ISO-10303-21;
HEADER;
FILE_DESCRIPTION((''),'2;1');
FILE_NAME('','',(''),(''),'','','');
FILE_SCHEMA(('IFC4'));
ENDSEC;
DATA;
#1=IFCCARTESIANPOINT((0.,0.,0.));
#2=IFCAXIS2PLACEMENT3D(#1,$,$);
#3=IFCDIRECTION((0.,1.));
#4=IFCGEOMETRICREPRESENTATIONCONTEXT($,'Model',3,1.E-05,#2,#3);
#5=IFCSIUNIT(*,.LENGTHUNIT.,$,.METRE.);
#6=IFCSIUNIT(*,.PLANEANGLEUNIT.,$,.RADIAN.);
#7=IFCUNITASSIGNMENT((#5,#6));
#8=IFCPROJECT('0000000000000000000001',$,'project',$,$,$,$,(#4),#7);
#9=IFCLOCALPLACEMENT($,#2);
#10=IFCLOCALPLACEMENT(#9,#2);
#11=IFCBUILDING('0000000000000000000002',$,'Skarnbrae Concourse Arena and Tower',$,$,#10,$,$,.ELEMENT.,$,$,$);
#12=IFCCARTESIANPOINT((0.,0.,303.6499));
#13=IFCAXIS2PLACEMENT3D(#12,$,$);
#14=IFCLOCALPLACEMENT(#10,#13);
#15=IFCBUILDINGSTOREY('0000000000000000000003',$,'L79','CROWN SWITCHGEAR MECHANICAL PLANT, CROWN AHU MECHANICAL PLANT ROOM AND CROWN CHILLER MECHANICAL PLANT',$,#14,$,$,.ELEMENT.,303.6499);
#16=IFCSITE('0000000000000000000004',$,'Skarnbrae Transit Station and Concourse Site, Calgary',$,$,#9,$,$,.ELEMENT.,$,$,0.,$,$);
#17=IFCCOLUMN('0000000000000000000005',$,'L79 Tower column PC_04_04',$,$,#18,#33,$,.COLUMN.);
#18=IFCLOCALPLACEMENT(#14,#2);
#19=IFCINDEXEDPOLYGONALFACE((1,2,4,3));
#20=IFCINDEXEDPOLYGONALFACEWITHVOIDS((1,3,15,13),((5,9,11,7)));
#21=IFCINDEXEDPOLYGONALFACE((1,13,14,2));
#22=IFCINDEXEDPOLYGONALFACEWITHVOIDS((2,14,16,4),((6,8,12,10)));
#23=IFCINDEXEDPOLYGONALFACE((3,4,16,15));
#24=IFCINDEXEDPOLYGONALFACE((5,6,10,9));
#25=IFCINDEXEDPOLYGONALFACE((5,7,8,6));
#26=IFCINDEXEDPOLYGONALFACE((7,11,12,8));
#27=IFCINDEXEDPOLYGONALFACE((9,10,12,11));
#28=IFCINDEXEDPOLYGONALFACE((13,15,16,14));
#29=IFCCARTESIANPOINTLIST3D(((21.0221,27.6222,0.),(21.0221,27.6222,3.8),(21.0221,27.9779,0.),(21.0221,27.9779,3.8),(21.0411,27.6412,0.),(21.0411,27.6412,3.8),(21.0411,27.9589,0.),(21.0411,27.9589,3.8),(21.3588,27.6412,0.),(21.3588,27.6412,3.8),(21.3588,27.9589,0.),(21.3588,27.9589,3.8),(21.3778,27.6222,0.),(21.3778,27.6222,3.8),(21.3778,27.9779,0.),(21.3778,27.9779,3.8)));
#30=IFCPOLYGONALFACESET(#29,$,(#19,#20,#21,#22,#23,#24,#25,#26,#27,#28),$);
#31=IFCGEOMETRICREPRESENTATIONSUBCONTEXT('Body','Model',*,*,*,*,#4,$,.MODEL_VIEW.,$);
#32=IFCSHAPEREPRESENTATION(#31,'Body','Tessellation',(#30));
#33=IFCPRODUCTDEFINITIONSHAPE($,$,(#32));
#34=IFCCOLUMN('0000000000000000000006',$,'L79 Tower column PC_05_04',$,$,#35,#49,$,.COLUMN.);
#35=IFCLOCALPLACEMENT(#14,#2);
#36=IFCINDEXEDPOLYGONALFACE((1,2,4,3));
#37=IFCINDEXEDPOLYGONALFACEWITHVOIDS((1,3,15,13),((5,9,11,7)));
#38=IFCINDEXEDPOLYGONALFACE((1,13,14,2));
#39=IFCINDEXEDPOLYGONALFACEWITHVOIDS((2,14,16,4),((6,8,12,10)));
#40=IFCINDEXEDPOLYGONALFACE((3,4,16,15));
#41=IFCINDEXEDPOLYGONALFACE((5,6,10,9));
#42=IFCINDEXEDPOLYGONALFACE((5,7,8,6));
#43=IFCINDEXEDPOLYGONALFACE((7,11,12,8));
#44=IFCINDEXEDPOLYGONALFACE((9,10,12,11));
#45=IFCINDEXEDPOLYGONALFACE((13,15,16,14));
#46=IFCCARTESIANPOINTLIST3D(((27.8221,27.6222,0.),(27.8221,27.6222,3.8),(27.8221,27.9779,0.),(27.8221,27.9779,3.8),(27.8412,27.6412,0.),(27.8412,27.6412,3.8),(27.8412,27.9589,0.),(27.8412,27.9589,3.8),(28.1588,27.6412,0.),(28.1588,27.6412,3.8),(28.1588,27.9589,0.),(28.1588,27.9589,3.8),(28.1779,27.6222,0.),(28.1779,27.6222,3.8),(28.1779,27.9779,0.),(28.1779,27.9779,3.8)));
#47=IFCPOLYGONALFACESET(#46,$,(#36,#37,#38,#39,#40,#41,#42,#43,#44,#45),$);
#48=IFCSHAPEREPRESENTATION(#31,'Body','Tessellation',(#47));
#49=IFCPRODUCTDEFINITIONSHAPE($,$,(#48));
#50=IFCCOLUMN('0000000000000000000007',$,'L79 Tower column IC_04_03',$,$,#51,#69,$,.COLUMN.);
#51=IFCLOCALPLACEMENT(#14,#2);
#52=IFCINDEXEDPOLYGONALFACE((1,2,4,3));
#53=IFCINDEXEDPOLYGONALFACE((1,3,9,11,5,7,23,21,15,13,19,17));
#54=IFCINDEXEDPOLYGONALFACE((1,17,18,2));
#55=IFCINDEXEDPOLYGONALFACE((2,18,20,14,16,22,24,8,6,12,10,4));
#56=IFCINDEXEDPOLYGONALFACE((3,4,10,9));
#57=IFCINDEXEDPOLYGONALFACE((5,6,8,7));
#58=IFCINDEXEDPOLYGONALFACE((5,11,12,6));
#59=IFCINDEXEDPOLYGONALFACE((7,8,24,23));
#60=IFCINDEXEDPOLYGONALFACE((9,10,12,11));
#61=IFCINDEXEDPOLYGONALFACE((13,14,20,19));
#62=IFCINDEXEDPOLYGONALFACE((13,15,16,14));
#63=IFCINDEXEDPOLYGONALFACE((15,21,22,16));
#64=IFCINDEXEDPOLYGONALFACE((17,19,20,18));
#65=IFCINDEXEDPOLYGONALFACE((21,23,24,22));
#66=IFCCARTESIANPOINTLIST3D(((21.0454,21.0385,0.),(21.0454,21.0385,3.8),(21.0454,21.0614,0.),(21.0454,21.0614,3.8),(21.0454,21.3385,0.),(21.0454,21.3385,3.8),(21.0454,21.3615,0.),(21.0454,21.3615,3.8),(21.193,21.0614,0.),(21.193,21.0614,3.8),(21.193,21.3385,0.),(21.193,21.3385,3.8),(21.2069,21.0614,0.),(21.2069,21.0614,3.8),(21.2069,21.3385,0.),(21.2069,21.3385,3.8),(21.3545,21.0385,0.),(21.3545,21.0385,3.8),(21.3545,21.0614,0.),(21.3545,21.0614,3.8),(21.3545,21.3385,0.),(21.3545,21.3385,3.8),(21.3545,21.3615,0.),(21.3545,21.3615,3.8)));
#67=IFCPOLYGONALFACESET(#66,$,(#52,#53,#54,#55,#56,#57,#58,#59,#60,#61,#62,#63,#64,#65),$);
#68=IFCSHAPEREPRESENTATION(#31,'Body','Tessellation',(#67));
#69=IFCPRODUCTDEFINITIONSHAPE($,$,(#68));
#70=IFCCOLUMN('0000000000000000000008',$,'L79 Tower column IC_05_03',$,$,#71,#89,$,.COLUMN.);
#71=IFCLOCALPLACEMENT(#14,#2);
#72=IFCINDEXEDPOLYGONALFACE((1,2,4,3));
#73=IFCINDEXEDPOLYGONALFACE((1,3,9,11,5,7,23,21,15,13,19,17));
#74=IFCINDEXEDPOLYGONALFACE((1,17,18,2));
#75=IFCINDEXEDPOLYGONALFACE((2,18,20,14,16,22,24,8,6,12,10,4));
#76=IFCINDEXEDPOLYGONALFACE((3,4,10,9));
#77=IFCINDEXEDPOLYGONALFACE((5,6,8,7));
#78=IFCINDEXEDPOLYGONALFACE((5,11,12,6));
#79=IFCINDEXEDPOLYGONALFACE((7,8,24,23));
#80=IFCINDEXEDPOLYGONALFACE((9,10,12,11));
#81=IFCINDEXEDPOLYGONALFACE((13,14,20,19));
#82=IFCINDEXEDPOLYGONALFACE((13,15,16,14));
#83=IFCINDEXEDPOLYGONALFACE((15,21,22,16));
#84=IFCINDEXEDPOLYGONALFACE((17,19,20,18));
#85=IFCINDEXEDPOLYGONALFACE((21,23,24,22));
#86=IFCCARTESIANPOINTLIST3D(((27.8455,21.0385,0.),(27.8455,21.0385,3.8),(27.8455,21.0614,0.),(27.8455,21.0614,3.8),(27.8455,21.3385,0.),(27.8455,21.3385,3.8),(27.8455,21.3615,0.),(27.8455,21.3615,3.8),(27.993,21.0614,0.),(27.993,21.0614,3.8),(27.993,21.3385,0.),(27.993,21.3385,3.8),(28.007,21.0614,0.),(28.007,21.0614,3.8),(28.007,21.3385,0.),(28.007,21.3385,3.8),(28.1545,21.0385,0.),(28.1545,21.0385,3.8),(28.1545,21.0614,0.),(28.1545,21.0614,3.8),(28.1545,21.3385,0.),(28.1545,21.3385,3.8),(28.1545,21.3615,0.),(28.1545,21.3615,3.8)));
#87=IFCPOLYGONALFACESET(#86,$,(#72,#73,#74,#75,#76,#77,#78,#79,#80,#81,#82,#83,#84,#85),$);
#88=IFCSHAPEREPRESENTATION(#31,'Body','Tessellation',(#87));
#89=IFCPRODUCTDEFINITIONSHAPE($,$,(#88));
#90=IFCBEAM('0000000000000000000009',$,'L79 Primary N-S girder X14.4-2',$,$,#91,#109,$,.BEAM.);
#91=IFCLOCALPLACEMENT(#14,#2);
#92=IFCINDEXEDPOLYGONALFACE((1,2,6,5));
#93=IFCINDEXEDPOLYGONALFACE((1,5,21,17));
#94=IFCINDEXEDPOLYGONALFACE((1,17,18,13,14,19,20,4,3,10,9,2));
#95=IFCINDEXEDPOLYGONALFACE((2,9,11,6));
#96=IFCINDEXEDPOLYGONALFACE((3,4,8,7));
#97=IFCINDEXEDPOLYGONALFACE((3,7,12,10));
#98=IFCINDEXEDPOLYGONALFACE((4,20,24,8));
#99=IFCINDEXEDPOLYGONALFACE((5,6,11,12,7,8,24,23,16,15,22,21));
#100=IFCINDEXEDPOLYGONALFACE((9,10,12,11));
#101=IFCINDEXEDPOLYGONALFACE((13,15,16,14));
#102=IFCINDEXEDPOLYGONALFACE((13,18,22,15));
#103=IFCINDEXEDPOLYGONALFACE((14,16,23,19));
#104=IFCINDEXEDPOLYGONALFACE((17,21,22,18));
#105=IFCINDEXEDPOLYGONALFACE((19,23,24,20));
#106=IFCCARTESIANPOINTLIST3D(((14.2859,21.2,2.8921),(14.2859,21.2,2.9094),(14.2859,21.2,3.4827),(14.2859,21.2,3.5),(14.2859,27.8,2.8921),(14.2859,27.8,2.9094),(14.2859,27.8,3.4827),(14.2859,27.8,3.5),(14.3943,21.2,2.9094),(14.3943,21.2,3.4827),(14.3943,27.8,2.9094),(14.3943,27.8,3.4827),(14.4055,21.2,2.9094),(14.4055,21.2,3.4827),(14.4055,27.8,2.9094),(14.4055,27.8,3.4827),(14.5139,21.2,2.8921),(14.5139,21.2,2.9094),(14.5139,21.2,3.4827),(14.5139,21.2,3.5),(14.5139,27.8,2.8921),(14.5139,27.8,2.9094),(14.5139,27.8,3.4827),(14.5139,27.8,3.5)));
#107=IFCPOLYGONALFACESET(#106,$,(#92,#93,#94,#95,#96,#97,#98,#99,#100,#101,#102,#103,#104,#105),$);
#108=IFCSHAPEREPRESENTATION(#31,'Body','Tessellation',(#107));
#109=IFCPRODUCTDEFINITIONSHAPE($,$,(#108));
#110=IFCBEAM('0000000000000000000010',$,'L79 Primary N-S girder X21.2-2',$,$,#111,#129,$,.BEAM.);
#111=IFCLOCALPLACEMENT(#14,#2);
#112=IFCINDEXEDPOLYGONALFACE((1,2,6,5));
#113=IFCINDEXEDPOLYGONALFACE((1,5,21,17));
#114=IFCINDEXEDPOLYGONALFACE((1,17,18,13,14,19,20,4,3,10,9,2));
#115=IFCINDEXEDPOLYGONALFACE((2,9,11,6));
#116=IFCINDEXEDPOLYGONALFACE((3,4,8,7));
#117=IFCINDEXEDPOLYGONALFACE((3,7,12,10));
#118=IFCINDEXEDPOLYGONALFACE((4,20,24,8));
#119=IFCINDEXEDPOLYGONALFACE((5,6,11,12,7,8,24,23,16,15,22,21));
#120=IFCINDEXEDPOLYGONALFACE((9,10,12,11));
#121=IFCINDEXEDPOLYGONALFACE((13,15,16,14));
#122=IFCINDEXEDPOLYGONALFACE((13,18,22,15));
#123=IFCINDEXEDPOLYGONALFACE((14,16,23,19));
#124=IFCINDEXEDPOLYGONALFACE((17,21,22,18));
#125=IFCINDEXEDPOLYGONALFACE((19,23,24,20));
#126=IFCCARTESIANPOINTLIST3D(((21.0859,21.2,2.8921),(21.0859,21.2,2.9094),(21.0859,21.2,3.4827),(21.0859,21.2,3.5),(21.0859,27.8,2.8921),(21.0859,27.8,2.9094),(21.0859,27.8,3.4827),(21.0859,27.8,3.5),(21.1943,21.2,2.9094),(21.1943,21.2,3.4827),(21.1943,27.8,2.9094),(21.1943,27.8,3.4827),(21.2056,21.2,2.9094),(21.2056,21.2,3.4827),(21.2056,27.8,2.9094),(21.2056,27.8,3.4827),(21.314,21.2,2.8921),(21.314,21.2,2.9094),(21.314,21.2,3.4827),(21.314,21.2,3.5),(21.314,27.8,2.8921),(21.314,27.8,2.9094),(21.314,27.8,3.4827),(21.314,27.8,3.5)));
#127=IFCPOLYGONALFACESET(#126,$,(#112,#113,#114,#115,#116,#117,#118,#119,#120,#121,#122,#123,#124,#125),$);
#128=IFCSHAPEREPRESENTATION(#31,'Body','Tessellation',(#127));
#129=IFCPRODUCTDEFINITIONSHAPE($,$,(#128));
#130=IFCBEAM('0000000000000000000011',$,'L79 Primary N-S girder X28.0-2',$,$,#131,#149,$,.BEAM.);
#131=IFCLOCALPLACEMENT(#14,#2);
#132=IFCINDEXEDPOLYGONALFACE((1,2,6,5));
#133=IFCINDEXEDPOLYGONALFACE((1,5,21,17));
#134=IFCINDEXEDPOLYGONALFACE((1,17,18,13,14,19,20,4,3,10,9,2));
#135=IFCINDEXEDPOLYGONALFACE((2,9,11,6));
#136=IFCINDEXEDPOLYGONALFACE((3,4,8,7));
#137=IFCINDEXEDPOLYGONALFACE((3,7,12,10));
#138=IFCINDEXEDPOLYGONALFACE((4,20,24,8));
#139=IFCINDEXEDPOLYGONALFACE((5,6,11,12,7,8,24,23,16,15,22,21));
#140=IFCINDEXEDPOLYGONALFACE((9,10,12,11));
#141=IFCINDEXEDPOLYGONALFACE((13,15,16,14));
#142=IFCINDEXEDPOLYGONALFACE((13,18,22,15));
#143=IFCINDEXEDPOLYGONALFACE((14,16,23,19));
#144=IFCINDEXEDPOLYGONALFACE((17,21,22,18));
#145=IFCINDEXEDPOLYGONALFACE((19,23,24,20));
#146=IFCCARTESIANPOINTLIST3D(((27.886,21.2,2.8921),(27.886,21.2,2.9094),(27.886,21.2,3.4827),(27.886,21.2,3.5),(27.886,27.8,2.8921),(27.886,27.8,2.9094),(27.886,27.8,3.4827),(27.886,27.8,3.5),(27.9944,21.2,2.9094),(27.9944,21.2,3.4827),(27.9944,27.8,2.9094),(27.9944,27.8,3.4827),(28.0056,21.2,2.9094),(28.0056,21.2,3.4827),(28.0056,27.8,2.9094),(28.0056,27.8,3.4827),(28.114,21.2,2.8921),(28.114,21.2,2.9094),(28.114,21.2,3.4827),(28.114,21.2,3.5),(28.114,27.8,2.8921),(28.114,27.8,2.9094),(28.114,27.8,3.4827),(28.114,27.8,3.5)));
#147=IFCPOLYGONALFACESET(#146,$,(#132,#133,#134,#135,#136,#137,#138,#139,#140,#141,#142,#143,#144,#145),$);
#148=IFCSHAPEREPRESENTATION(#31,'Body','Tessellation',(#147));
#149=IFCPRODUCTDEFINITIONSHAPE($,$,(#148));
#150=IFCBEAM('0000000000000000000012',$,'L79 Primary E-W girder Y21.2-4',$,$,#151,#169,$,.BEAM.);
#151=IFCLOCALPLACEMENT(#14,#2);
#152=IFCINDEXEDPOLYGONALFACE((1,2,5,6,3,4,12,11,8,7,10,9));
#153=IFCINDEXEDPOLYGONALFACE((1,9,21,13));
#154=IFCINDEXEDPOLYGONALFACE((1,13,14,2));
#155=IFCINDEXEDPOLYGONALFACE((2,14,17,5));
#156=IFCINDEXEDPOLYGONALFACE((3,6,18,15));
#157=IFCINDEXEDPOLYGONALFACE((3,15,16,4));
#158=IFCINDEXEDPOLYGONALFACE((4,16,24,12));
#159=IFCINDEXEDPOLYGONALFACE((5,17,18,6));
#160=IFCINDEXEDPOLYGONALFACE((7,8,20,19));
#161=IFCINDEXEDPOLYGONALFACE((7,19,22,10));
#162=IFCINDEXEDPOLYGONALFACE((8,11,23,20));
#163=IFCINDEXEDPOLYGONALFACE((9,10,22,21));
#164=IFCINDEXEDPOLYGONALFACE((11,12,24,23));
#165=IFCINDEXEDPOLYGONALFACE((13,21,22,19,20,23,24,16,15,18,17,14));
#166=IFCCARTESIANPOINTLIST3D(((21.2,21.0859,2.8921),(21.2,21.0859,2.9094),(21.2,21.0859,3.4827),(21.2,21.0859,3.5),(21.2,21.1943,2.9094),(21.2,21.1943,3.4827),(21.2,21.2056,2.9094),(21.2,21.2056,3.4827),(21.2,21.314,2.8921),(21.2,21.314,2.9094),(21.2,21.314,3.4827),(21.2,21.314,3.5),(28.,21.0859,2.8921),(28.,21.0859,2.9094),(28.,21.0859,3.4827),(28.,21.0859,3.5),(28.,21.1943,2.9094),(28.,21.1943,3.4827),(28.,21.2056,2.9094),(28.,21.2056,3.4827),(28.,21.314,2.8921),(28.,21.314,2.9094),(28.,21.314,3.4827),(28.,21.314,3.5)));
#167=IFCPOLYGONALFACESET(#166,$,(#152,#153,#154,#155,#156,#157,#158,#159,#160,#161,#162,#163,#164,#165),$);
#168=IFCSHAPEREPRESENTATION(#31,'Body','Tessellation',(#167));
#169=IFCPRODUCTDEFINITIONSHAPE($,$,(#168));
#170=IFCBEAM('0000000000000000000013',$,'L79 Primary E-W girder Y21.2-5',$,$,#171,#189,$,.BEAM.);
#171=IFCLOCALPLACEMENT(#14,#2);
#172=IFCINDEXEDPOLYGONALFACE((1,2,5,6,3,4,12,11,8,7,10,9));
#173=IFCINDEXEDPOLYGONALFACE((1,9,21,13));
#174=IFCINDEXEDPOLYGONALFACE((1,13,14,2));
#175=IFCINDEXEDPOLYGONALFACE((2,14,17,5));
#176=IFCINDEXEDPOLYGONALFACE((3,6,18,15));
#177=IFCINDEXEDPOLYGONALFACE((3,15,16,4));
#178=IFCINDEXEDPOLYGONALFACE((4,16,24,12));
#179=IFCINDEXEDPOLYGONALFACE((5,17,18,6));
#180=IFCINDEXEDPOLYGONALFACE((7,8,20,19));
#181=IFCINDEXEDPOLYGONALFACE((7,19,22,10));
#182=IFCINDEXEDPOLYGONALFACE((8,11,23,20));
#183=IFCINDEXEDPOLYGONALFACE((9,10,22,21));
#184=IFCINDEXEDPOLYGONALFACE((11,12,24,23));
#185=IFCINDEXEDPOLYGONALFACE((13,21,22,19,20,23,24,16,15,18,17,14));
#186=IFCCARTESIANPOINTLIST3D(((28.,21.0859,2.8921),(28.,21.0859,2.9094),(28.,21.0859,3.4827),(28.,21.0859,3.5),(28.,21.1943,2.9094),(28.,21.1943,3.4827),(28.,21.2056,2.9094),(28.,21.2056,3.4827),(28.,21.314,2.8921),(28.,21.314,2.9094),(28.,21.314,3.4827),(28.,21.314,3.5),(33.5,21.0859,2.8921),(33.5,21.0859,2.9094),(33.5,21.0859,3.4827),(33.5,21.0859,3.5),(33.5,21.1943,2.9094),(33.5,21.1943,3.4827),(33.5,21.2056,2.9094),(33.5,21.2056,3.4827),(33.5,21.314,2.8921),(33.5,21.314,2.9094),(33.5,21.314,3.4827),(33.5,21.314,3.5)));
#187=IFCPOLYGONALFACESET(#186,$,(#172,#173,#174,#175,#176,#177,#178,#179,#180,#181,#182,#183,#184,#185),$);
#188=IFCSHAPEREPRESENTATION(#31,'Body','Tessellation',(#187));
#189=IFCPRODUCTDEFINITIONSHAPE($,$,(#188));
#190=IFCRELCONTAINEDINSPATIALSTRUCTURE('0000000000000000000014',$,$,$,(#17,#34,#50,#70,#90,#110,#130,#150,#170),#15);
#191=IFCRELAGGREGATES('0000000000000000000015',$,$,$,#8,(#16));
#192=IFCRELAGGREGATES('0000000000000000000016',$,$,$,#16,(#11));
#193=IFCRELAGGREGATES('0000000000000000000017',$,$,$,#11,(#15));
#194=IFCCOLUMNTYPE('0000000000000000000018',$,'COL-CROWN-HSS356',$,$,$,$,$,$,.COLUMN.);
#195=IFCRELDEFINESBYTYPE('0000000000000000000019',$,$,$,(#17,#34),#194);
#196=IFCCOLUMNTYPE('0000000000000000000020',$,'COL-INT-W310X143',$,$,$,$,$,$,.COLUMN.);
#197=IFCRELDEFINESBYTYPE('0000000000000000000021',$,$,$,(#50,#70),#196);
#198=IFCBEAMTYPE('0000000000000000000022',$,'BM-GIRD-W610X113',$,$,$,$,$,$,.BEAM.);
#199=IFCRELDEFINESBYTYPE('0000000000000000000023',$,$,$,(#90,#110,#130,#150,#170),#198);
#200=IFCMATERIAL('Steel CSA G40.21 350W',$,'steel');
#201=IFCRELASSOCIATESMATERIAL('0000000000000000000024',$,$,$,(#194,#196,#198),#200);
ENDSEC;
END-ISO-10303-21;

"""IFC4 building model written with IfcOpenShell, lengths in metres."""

from ifc_helpers import new_model, si_unit, direction, frame, origin, origin_2d, place, context, subcontext, project, spatial, hollow_rectangle, i_section, extrude, source, transform, mapped, material, material_profile, profile_set, type_object, element, save


model = new_model("IFC4")

# Units and contexts
model_context = context("Model", 3, precision=1e-05, world=origin(), true_north=direction((0.0, 1.0)))
body_context = subcontext(model_context, "Body", "Model", "MODEL_VIEW")
ifc_project = project(units=[si_unit("LENGTHUNIT", "METRE"), si_unit("PLANEANGLEUNIT", "RADIAN")], contexts=[model_context])

# Site, building, storey
site_placement = place(None, origin())
site = spatial("IfcSite", under=ifc_project, at=site_placement, Name="Skarnbrae Transit Station and Concourse Site, Calgary", CompositionType="ELEMENT", RefElevation=0.0)
building_placement = place(site_placement, origin())
building = spatial("IfcBuilding", under=site, at=building_placement, Name="Skarnbrae Concourse Arena and Tower", CompositionType="ELEMENT")
storey_placement = place(building_placement, frame((0.0, 0.0, 303.6499)))
storey = spatial("IfcBuildingStorey", under=building, at=storey_placement, Name="L79", Description="CROWN SWITCHGEAR MECHANICAL PLANT, CROWN AHU MECHANICAL PLANT ROOM AND CROWN CHILLER MECHANICAL PLANT", CompositionType="ELEMENT", Elevation=303.6499)

# Columns
ifc_material_1 = material(Name="Steel CSA G40.21 350W", Category="steel")
ifc_material_profile_1 = material_profile(ifc_material_1, hollow_rectangle(XDim=0.3557, YDim=0.3557, WallThickness=0.019, at=origin_2d()), Name="HSS356X356X19.0")
ifc_profile_set_1 = profile_set([ifc_material_profile_1], Name="Steel CSA G40.21 350W")
column_type_1 = type_object("IfcColumnType", Name="COL-CROWN-HSS356", PredefinedType="COLUMN", material=ifc_profile_set_1)
shared_shape_1 = source(origin(), body_context, "Body", "SweptSolid", [
    extrude(hollow_rectangle(XDim=0.3557, YDim=0.3557, WallThickness=0.019, at=origin_2d()), origin(), (0.0, 0.0, 1.0), 3.8),
])
for number, where, z_axis, x_axis, name in (
    (1, (21.2, 27.8, 0.0), (0.0, 0.0, 1.0), (1.0, 0.0, 0.0), "L79 Tower column PC_04_04"),
    (2, (28.0, 27.8, 0.0), (0.0, 0.0, 1.0), (1.0, 0.0, 0.0), "L79 Tower column PC_05_04"),
):
    element("IfcColumn", number, at=place(storey_placement, frame(where, z_axis=z_axis, x_axis=x_axis)), inside=storey, type_object=column_type_1, Name=name, PredefinedType="COLUMN", context=body_context, shape_type="MappedRepresentation", body=[
        mapped(shared_shape_1, transform((0.0, 0.0, 0.0))),
    ])
ifc_material_profile_2 = material_profile(ifc_material_1, i_section(OverallWidth=0.3091, OverallDepth=0.323, WebThickness=0.0139, FlangeThickness=0.0229, at=origin_2d()), Name="W310X143")
ifc_profile_set_2 = profile_set([ifc_material_profile_2], Name="Steel CSA G40.21 350W")
column_type_2 = type_object("IfcColumnType", Name="COL-INT-W310X143", PredefinedType="COLUMN", material=ifc_profile_set_2)
shared_shape_2 = source(origin(), body_context, "Body", "SweptSolid", [
    extrude(i_section(OverallWidth=0.3091, OverallDepth=0.323, WebThickness=0.0139, FlangeThickness=0.0229, at=origin_2d()), origin(), (0.0, 0.0, 1.0), 3.8),
])
for number, where, z_axis, x_axis, name in (
    (3, (21.2, 21.2, 0.0), (0.0, 0.0, 1.0), (1.0, 0.0, 0.0), "L79 Tower column IC_04_03"),
    (4, (28.0, 21.2, 0.0), (0.0, 0.0, 1.0), (1.0, 0.0, 0.0), "L79 Tower column IC_05_03"),
):
    element("IfcColumn", number, at=place(storey_placement, frame(where, z_axis=z_axis, x_axis=x_axis)), inside=storey, type_object=column_type_2, Name=name, PredefinedType="COLUMN", context=body_context, shape_type="MappedRepresentation", body=[
        mapped(shared_shape_2, transform((0.0, 0.0, 0.0))),
    ])

# Beams
ifc_material_profile_3 = material_profile(ifc_material_1, i_section(OverallWidth=0.228, OverallDepth=0.6079, WebThickness=0.0112, FlangeThickness=0.0173, at=origin_2d()), Name="W610X113")
ifc_profile_set_3 = profile_set([ifc_material_profile_3], Name="Steel CSA G40.21 350W")
beam_type_1 = type_object("IfcBeamType", Name="BM-GIRD-W610X113", PredefinedType="BEAM", material=ifc_profile_set_3)
shared_shape_3 = source(origin(), body_context, "Body", "SweptSolid", [
    extrude(i_section(OverallWidth=0.228, OverallDepth=0.6079, WebThickness=0.0112, FlangeThickness=0.0173, at=origin_2d()), origin(), (0.0, 0.0, 1.0), 6.6001),
])
for number, where, z_axis, x_axis, name in (
    (5, (14.3999, 21.2, 3.196), (0.0, 1.0, 0.0), (-1.0, 0.0, 0.0), "L79 Primary N-S girder X14.4-2"),
    (6, (21.2, 21.2, 3.196), (0.0, 1.0, 0.0), (-1.0, 0.0, 0.0), "L79 Primary N-S girder X21.2-2"),
    (7, (28.0, 21.2, 3.196), (0.0, 1.0, 0.0), (-1.0, 0.0, 0.0), "L79 Primary N-S girder X28.0-2"),
):
    element("IfcBeam", number, at=place(storey_placement, frame(where, z_axis=z_axis, x_axis=x_axis)), inside=storey, type_object=beam_type_1, Name=name, PredefinedType="BEAM", context=body_context, shape_type="MappedRepresentation", body=[
        mapped(shared_shape_3, transform((0.0, 0.0, 0.0))),
    ])
shared_shape_4 = source(origin(), body_context, "Body", "SweptSolid", [
    extrude(i_section(OverallWidth=0.228, OverallDepth=0.6079, WebThickness=0.0112, FlangeThickness=0.0173, at=origin_2d()), origin(), (0.0, 0.0, 1.0), 6.8),
])
beam_1_placement = place(storey_placement, frame((21.2, 21.2, 3.196), z_axis=(1.0, 0.0, 0.0), x_axis=(0.0, 1.0, 0.0)))
element("IfcBeam", 8, at=beam_1_placement, inside=storey, type_object=beam_type_1, Name="L79 Primary E-W girder Y21.2-4", PredefinedType="BEAM", context=body_context, shape_type="MappedRepresentation", body=[
    mapped(shared_shape_4, transform((0.0, 0.0, 0.0))),
])
shared_shape_5 = source(origin(), body_context, "Body", "SweptSolid", [
    extrude(i_section(OverallWidth=0.228, OverallDepth=0.6079, WebThickness=0.0112, FlangeThickness=0.0173, at=origin_2d()), origin(), (0.0, 0.0, 1.0), 5.5),
])
beam_2_placement = place(storey_placement, frame((28.0, 21.2, 3.196), z_axis=(1.0, 0.0, 0.0), x_axis=(0.0, 1.0, 0.0)))
element("IfcBeam", 9, at=beam_2_placement, inside=storey, type_object=beam_type_1, Name="L79 Primary E-W girder Y21.2-5", PredefinedType="BEAM", context=body_context, shape_type="MappedRepresentation", body=[
    mapped(shared_shape_5, transform((0.0, 0.0, 0.0))),
])

save(model, "model.ifc")
